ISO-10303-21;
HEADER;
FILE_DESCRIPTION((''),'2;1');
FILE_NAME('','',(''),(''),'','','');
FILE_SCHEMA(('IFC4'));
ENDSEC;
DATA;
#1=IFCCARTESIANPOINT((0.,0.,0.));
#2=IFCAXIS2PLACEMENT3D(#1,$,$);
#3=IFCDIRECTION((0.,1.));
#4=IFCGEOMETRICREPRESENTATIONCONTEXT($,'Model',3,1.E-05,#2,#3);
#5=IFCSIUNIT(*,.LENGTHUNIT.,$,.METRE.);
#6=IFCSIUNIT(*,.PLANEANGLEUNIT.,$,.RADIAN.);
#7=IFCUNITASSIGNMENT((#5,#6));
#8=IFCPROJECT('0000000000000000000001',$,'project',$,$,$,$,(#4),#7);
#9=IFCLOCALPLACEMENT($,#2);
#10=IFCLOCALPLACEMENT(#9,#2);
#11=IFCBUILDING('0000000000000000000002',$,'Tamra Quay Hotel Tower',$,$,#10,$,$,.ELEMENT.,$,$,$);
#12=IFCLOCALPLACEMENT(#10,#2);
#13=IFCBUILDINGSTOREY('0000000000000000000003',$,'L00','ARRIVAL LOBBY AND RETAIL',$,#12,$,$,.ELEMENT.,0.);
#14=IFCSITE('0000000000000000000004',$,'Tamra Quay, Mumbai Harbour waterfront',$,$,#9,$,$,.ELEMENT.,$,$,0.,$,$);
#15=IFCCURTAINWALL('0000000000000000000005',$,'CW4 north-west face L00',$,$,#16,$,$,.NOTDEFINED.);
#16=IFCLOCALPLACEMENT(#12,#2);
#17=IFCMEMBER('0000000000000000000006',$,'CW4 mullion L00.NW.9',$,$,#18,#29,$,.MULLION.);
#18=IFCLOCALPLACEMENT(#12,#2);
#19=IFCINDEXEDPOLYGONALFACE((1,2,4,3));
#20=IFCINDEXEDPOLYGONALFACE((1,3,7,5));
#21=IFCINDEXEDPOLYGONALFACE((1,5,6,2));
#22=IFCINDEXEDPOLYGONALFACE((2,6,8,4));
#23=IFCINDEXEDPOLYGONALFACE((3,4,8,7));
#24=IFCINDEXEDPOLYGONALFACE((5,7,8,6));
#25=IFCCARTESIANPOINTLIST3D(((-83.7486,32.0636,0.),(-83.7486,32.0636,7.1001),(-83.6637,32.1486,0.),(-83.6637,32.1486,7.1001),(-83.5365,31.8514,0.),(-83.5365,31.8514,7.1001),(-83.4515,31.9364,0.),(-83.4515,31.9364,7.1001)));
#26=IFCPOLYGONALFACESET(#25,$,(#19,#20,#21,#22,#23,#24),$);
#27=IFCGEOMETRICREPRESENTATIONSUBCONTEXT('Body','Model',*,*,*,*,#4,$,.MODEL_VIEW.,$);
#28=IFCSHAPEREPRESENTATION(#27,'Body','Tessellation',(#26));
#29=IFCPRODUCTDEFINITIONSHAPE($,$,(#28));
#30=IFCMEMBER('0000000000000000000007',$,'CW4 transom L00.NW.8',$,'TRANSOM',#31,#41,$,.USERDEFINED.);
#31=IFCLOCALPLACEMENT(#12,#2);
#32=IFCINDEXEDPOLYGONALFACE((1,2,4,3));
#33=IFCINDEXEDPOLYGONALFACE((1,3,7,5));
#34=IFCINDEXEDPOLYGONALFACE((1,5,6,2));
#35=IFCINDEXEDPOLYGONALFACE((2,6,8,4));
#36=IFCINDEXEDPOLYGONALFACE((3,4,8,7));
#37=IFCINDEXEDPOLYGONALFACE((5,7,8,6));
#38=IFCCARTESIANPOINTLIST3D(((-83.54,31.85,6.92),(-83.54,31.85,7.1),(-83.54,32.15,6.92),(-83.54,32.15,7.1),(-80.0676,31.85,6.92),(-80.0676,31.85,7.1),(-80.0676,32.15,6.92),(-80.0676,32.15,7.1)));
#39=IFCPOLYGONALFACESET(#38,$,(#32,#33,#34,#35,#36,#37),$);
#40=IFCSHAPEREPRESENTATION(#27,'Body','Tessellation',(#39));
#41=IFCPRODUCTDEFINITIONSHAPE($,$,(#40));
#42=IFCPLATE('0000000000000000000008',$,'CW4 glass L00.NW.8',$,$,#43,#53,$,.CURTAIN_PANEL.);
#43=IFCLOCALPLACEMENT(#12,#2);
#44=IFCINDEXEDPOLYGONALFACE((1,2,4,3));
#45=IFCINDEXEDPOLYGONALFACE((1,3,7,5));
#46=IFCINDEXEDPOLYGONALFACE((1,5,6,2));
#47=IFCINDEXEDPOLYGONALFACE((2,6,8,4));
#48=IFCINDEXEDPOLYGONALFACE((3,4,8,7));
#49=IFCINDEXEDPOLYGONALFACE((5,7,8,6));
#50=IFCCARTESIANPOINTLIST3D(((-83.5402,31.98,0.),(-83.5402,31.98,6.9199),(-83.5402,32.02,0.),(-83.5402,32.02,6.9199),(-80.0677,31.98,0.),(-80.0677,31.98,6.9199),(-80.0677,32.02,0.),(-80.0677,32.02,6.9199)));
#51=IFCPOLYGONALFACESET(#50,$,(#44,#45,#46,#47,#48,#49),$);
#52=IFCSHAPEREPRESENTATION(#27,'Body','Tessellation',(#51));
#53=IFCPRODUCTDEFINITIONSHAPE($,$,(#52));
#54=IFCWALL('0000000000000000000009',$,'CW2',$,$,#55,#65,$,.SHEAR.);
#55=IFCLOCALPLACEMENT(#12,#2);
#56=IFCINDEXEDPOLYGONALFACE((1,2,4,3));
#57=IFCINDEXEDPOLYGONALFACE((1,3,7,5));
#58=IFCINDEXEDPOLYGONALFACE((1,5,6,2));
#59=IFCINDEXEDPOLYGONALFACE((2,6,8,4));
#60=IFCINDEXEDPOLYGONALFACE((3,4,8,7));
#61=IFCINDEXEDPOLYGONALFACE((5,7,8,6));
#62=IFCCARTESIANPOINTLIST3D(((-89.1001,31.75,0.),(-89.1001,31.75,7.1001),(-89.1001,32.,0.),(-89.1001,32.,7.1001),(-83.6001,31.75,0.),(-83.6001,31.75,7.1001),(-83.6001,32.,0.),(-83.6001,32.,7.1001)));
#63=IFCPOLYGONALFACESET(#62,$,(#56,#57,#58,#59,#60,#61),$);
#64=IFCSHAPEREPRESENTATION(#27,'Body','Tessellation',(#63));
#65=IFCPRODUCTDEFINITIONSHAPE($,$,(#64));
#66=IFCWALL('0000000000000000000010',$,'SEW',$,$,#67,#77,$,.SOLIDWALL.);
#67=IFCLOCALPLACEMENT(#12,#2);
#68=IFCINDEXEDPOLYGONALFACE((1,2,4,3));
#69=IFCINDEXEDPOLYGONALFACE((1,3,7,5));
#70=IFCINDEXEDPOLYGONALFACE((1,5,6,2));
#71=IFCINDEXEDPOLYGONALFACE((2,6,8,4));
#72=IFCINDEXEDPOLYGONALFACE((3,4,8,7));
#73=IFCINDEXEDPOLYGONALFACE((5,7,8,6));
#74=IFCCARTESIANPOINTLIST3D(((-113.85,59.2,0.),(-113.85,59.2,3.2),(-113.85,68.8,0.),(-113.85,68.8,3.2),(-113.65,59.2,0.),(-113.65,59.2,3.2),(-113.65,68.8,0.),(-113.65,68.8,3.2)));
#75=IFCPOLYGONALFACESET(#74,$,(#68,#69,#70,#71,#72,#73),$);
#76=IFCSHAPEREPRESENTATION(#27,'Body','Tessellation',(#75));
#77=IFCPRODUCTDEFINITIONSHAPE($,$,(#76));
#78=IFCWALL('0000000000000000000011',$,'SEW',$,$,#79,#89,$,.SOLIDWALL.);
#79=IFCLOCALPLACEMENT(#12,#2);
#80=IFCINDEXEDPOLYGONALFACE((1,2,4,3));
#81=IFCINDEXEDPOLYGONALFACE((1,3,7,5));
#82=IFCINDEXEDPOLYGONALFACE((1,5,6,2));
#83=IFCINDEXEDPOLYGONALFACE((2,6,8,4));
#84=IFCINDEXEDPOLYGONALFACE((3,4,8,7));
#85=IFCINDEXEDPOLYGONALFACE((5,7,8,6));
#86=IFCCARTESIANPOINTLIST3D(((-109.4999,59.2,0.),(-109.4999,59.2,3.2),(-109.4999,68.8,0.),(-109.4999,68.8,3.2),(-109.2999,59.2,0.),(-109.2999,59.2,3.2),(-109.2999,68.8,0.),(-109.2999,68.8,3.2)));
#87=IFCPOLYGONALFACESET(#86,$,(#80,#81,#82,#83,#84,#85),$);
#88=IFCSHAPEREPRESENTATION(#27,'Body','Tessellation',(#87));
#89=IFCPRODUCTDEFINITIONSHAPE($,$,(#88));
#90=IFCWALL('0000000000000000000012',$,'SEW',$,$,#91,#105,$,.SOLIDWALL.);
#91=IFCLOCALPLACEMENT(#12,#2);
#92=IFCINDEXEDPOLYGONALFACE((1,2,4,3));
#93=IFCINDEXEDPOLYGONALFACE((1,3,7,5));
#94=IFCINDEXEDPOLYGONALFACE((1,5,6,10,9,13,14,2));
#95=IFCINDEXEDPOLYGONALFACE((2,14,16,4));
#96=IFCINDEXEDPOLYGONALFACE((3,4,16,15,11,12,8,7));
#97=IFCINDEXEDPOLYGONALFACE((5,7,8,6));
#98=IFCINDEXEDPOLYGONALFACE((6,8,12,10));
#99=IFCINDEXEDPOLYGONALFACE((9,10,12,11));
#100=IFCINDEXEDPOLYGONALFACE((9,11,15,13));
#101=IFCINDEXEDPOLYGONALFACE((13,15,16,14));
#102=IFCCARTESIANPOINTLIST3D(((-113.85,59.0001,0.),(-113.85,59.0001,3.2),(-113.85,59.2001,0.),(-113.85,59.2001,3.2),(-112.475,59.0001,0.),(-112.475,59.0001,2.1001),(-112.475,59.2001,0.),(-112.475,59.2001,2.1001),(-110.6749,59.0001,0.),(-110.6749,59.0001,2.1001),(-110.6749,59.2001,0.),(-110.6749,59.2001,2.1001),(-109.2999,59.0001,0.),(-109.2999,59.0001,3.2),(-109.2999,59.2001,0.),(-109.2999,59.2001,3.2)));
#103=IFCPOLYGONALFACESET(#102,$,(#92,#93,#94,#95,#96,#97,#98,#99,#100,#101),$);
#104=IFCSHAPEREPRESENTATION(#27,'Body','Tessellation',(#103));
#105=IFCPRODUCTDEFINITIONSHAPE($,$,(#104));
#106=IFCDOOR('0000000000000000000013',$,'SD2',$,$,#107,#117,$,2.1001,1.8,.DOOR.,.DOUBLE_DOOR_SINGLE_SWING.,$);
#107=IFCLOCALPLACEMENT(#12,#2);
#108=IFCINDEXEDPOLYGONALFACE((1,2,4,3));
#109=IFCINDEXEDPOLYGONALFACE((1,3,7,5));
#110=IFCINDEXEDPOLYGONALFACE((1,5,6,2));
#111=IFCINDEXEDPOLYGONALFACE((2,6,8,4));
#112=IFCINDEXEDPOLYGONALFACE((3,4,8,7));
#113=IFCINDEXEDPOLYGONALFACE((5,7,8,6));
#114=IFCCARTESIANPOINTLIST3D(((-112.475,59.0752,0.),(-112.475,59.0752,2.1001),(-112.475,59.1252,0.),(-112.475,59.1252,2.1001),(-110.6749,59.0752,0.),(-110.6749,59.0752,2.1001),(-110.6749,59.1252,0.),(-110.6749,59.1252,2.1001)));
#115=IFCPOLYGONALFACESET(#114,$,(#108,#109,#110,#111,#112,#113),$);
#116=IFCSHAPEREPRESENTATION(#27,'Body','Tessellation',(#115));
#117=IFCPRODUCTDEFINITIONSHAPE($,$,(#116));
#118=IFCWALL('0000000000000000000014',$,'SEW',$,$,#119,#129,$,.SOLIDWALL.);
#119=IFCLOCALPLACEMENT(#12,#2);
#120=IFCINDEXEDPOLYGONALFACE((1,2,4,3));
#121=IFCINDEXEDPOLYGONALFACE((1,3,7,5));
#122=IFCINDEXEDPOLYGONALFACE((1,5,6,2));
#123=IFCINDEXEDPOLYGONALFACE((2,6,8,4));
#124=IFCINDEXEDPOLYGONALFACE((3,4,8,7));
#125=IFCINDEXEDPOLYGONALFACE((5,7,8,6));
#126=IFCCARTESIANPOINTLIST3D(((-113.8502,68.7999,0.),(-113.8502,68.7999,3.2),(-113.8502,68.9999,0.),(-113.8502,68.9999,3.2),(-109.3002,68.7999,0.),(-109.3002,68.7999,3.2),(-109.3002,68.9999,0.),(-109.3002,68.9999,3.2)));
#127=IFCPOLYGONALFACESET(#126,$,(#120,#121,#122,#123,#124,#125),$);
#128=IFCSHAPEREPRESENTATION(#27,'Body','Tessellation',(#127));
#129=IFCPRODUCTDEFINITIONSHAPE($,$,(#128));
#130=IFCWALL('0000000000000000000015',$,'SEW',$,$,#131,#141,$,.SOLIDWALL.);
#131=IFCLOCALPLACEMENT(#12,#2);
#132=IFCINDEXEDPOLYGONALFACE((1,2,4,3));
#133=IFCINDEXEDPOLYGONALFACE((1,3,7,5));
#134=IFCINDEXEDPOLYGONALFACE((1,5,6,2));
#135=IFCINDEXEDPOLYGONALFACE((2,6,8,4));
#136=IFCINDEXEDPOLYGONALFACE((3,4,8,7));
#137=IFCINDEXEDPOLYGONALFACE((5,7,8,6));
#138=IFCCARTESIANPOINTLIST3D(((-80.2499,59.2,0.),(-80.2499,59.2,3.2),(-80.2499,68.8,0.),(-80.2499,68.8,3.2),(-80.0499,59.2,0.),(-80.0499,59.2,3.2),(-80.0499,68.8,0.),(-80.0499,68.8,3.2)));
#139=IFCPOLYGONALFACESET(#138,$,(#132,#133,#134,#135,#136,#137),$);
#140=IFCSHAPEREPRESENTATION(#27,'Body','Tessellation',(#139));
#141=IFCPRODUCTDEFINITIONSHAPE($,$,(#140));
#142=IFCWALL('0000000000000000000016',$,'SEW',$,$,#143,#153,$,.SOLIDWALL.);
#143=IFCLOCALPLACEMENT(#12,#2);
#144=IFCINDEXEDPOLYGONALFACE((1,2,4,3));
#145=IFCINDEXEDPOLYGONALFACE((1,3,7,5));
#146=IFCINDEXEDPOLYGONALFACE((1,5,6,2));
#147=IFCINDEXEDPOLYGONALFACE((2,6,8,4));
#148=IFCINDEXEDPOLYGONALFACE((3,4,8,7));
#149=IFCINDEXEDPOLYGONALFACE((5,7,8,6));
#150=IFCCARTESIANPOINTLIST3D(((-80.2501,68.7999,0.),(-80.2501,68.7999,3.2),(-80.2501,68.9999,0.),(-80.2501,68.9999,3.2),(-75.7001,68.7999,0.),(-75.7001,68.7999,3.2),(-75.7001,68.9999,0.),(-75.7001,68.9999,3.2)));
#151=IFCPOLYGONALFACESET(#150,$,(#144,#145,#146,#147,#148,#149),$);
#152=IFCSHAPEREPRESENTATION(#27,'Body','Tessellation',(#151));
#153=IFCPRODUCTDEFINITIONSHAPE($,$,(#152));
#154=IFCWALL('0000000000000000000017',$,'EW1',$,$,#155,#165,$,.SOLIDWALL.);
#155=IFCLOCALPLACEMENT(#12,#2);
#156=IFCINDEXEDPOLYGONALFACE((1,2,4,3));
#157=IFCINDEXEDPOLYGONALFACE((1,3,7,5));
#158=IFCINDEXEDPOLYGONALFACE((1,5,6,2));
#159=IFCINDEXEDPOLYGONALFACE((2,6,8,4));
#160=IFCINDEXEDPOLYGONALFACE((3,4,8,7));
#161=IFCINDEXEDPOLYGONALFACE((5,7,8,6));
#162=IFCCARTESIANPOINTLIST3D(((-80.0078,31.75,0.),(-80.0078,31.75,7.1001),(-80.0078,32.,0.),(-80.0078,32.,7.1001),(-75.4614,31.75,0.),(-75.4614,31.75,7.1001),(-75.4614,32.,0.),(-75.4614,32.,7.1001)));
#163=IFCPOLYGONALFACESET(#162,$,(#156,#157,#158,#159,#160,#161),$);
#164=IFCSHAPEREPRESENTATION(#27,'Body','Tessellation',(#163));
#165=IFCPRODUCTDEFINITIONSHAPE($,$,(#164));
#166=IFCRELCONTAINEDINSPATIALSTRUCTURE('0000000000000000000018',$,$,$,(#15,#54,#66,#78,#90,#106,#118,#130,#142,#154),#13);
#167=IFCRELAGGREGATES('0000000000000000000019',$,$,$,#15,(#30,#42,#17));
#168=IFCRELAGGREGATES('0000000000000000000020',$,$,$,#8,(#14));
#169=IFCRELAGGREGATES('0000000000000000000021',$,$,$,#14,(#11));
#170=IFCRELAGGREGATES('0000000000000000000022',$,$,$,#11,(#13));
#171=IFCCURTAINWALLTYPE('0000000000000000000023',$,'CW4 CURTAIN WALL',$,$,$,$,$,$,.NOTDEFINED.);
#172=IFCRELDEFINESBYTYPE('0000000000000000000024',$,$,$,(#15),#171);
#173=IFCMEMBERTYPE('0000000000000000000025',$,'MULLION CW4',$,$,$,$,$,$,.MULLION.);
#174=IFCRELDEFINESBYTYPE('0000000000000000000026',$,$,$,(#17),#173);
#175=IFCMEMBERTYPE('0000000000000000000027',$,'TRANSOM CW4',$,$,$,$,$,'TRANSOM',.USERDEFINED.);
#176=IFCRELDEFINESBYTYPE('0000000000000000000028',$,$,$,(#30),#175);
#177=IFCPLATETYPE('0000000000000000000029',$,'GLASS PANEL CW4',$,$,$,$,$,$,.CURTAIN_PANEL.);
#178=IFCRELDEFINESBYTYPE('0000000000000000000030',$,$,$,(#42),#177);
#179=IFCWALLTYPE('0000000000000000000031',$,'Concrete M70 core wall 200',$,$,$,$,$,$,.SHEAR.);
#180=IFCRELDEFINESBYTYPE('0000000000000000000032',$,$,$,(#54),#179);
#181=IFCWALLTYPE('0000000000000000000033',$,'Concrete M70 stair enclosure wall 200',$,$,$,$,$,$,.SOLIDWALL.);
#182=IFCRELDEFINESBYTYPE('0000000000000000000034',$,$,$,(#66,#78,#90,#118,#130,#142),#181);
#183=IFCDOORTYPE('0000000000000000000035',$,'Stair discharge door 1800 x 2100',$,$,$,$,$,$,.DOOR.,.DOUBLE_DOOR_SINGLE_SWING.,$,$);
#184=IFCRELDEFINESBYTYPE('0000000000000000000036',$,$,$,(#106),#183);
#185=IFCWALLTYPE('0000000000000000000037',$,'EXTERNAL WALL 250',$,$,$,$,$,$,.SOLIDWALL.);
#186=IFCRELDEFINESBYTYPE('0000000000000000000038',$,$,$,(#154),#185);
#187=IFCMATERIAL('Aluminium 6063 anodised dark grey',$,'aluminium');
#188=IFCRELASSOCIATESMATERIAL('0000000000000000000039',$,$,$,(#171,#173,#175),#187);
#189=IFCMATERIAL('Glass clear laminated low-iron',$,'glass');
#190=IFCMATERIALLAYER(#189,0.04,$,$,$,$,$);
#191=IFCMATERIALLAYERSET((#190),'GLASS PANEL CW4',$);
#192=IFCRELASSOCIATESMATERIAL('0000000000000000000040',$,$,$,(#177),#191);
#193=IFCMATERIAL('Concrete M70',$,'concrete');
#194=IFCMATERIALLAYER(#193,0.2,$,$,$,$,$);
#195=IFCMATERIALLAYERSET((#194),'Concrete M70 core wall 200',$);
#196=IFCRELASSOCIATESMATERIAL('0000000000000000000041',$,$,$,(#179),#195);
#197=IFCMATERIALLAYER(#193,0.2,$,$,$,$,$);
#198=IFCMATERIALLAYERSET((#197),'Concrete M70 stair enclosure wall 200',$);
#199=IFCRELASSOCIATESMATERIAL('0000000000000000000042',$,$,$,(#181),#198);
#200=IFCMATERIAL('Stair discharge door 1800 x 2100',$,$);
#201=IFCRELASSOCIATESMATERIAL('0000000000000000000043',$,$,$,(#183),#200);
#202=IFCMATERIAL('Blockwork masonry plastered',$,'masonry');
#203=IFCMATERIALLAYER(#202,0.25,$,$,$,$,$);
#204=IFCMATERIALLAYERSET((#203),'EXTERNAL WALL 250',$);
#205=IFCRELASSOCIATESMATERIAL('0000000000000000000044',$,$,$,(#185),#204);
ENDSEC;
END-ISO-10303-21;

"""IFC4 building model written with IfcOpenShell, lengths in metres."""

from ifc_helpers import new_model, si_unit, direction, frame, frame_2d, origin, origin_2d, place, context, subcontext, project, spatial, rectangle, extrude, material, layer, layer_set, material_profile, profile_set, type_object, element, fill, aggregate, save


model = new_model("IFC4")

# Units and contexts
model_context = context("Model", 3, precision=1e-05, world=origin(), true_north=direction((0.0, 1.0)))
body_context = subcontext(model_context, "Body", "Model", "MODEL_VIEW")
ifc_project = project(units=[si_unit("LENGTHUNIT", "METRE"), si_unit("PLANEANGLEUNIT", "RADIAN")], contexts=[model_context])

# Site, building, storey
site_placement = place(None, origin())
site = spatial("IfcSite", under=ifc_project, at=site_placement, Name="Tamra Quay, Mumbai Harbour waterfront", CompositionType="ELEMENT", RefElevation=0.0)
building_placement = place(site_placement, origin())
building = spatial("IfcBuilding", under=site, at=building_placement, Name="Tamra Quay Hotel Tower", CompositionType="ELEMENT")
storey_placement = place(building_placement, origin())
storey = spatial("IfcBuildingStorey", under=building, at=storey_placement, Name="L00", Description="ARRIVAL LOBBY AND RETAIL", CompositionType="ELEMENT", Elevation=0.0)

# Curtain wall, members, plate
ifc_material_1 = material(Name="Aluminium 6063 anodised dark grey", Category="aluminium")
curtain_wall_type = type_object("IfcCurtainWallType", Name="CW4 CURTAIN WALL", PredefinedType="NOTDEFINED", material=ifc_material_1)
curtain_wall_placement = place(storey_placement, origin())
curtain_wall = element("IfcCurtainWall", 1, at=curtain_wall_placement, inside=storey, type_object=curtain_wall_type, Name="CW4 north-west face L00", PredefinedType="NOTDEFINED")
ifc_material_profile_1 = material_profile(ifc_material_1, rectangle(XDim=0.3, YDim=0.1201, at=origin_2d()), Name="MULLION 120X300")
ifc_profile_set_1 = profile_set([ifc_material_profile_1], Name="Aluminium 6063 anodised dark grey")
member_type_1 = type_object("IfcMemberType", Name="MULLION CW4", PredefinedType="MULLION", material=ifc_profile_set_1)
member_1_placement = place(storey_placement, frame((-83.6001, 32.0, 0.0), z_axis=(0.0, 0.0, 1.0), x_axis=(-0.707107, 0.707107, 0.0)))
member_1 = element("IfcMember", 2, at=member_1_placement, type_object=member_type_1, Name="CW4 mullion L00.NW.9", PredefinedType="MULLION", context=body_context, shape_type="SweptSolid", body=[
    extrude(rectangle(XDim=0.3, YDim=0.1201, at=origin_2d()), origin(), (0.0, 0.0, 1.0), 7.1001),
])
ifc_material_profile_2 = material_profile(ifc_material_1, rectangle(XDim=0.3, YDim=0.1799, at=origin_2d()), Name="TRANSOM 300X180")
ifc_profile_set_2 = profile_set([ifc_material_profile_2], Name="Aluminium 6063 anodised dark grey")
member_type_2 = type_object("IfcMemberType", Name="TRANSOM CW4", ElementType="TRANSOM", PredefinedType="USERDEFINED", material=ifc_profile_set_2)
member_2_placement = place(storey_placement, frame((-80.0676, 32.0, 7.01), z_axis=(-1.0, 0.0, 0.0), x_axis=(0.0, -1.0, 0.0)))
member_2 = element("IfcMember", 3, at=member_2_placement, type_object=member_type_2, Name="CW4 transom L00.NW.8", ObjectType="TRANSOM", PredefinedType="USERDEFINED", context=body_context, shape_type="SweptSolid", body=[
    extrude(rectangle(XDim=0.3, YDim=0.1799, at=origin_2d()), origin(), (0.0, 0.0, 1.0), 3.4724),
])
ifc_material_2 = material(Name="Glass clear laminated low-iron", Category="glass")
ifc_layer_1 = layer(ifc_material_2, 0.04)
ifc_layer_set_1 = layer_set([ifc_layer_1], Name="GLASS PANEL CW4")
plate_type = type_object("IfcPlateType", Name="GLASS PANEL CW4", PredefinedType="CURTAIN_PANEL", material=ifc_layer_set_1)
plate_placement = place(storey_placement, frame((-81.804, 32.0, 0.0), z_axis=(0.0, 0.0, 1.0), x_axis=(-1.0, 0.0, 0.0)))
plate = element("IfcPlate", 4, at=plate_placement, type_object=plate_type, Name="CW4 glass L00.NW.8", PredefinedType="CURTAIN_PANEL", context=body_context, shape_type="SweptSolid", body=[
    extrude(rectangle(XDim=3.4724, YDim=0.04, at=origin_2d()), origin(), (0.0, 0.0, 1.0), 6.9199),
])
aggregate(curtain_wall, [member_2, plate, member_1])

# Walls
ifc_material_3 = material(Name="Concrete M70", Category="concrete")
ifc_layer_2 = layer(ifc_material_3, 0.2)
ifc_layer_set_2 = layer_set([ifc_layer_2], Name="Concrete M70 core wall 200")
wall_type_1 = type_object("IfcWallType", Name="Concrete M70 core wall 200", PredefinedType="SHEAR", material=ifc_layer_set_2)
wall_1_placement = place(storey_placement, frame((-89.1001, 31.875, 0.0), z_axis=(0.0, 0.0, 1.0), x_axis=(1.0, 0.0, 0.0)))
element("IfcWall", 5, at=wall_1_placement, inside=storey, type_object=wall_type_1, Name="CW2", PredefinedType="SHEAR", context=body_context, shape_type="SweptSolid", body=[
    extrude(rectangle(XDim=5.5, YDim=0.25, at=frame_2d((2.75, 0.0))), origin(), (0.0, 0.0, 1.0), 7.1001),
])
ifc_layer_3 = layer(ifc_material_3, 0.2)
ifc_layer_set_3 = layer_set([ifc_layer_3], Name="Concrete M70 stair enclosure wall 200")
wall_type_2 = type_object("IfcWallType", Name="Concrete M70 stair enclosure wall 200", PredefinedType="SOLIDWALL", material=ifc_layer_set_3)
for number, where, z_axis, x_axis, name in (
    (6, (-113.75, 59.2, 0.0), (0.0, 0.0, 1.0), (0.0, 1.0, 0.0), "SEW"),
    (7, (-109.3999, 59.2, 0.0), (0.0, 0.0, 1.0), (0.0, 1.0, 0.0), "SEW"),
):
    element("IfcWall", number, at=place(storey_placement, frame(where, z_axis=z_axis, x_axis=x_axis)), inside=storey, type_object=wall_type_2, Name=name, PredefinedType="SOLIDWALL", context=body_context, shape_type="SweptSolid", body=[
        extrude(rectangle(XDim=9.6001, YDim=0.2, at=frame_2d((4.8, 0.0))), origin(), (0.0, 0.0, 1.0), 3.2),
    ])

# Wall, opening, door
wall_2_placement = place(storey_placement, frame((-109.3, 59.1001, 0.0), z_axis=(0.0, 0.0, 1.0), x_axis=(-1.0, 0.0, 0.0)))
wall_2 = element("IfcWall", 8, at=wall_2_placement, inside=storey, type_object=wall_type_2, Name="SEW", PredefinedType="SOLIDWALL", context=body_context, shape_type="SweptSolid", body=[
    extrude(rectangle(XDim=4.55, YDim=0.2, at=frame_2d((2.2749, 0.0))), origin(), (0.0, 0.0, 1.0), 3.2),
])
opening_placement = place(wall_2_placement, frame((1.375, 0.0, 0.0)))
opening = element("IfcOpeningElement", 9, at=opening_placement, cuts=wall_2, PredefinedType="OPENING", context=body_context, shape_type="SweptSolid", body=[
    extrude(rectangle(XDim=1.8, YDim=2.1001, at=frame_2d((0.8999, 1.05))), frame((0.0, 0.1099, 0.0), z_axis=(0.0, -1.0, 0.0), x_axis=(1.0, 0.0, 0.0)), (0.0, 0.0, 1.0), 0.22),
])
ifc_material_4 = material(Name="Stair discharge door 1800 x 2100")
door_type = type_object("IfcDoorType", Name="Stair discharge door 1800 x 2100", OperationType="DOUBLE_DOOR_SINGLE_SWING", PredefinedType="DOOR", material=ifc_material_4)
door_placement = place(opening_placement, origin())
door = element("IfcDoor", 10, at=door_placement, inside=storey, type_object=door_type, Name="SD2", OperationType="DOUBLE_DOOR_SINGLE_SWING", OverallHeight=2.1001, OverallWidth=1.8, PredefinedType="DOOR", context=body_context, shape_type="SweptSolid", body=[
    extrude(rectangle(XDim=1.8, YDim=2.1001, at=frame_2d((0.8999, 1.05))), frame((0.0, 0.0249, 0.0), z_axis=(0.0, -1.0, 0.0), x_axis=(1.0, 0.0, 0.0)), (0.0, 0.0, 1.0), 0.05),
])
fill(opening, door)

# Walls
wall_3_placement = place(storey_placement, frame((-113.8501, 68.8999, 0.0), z_axis=(0.0, 0.0, 1.0), x_axis=(1.0, 0.0, 0.0)))
element("IfcWall", 11, at=wall_3_placement, inside=storey, type_object=wall_type_2, Name="SEW", PredefinedType="SOLIDWALL", context=body_context, shape_type="SweptSolid", body=[
    extrude(rectangle(XDim=4.55, YDim=0.2, at=frame_2d((2.2749, 0.0))), origin(), (0.0, 0.0, 1.0), 3.2),
])
wall_4_placement = place(storey_placement, frame((-80.1499, 59.2, 0.0), z_axis=(0.0, 0.0, 1.0), x_axis=(0.0, 1.0, 0.0)))
element("IfcWall", 12, at=wall_4_placement, inside=storey, type_object=wall_type_2, Name="SEW", PredefinedType="SOLIDWALL", context=body_context, shape_type="SweptSolid", body=[
    extrude(rectangle(XDim=9.6001, YDim=0.2, at=frame_2d((4.8, 0.0))), origin(), (0.0, 0.0, 1.0), 3.2),
])
wall_5_placement = place(storey_placement, frame((-80.25, 68.8999, 0.0), z_axis=(0.0, 0.0, 1.0), x_axis=(1.0, 0.0, 0.0)))
element("IfcWall", 13, at=wall_5_placement, inside=storey, type_object=wall_type_2, Name="SEW", PredefinedType="SOLIDWALL", context=body_context, shape_type="SweptSolid", body=[
    extrude(rectangle(XDim=4.55, YDim=0.2, at=frame_2d((2.2749, 0.0))), origin(), (0.0, 0.0, 1.0), 3.2),
])
ifc_material_5 = material(Name="Blockwork masonry plastered", Category="masonry")
ifc_layer_4 = layer(ifc_material_5, 0.25)
ifc_layer_set_4 = layer_set([ifc_layer_4], Name="EXTERNAL WALL 250")
wall_type_3 = type_object("IfcWallType", Name="EXTERNAL WALL 250", PredefinedType="SOLIDWALL", material=ifc_layer_set_4)
wall_6_placement = place(storey_placement, frame((-80.0078, 31.875, 0.0), z_axis=(0.0, 0.0, 1.0), x_axis=(1.0, 0.0, 0.0)))
element("IfcWall", 14, at=wall_6_placement, inside=storey, type_object=wall_type_3, Name="EW1", PredefinedType="SOLIDWALL", context=body_context, shape_type="SweptSolid", body=[
    extrude(rectangle(XDim=4.5464, YDim=0.25, at=frame_2d((2.2732, 0.0))), origin(), (0.0, 0.0, 1.0), 7.1001),
])

save(model, "model.ifc")
